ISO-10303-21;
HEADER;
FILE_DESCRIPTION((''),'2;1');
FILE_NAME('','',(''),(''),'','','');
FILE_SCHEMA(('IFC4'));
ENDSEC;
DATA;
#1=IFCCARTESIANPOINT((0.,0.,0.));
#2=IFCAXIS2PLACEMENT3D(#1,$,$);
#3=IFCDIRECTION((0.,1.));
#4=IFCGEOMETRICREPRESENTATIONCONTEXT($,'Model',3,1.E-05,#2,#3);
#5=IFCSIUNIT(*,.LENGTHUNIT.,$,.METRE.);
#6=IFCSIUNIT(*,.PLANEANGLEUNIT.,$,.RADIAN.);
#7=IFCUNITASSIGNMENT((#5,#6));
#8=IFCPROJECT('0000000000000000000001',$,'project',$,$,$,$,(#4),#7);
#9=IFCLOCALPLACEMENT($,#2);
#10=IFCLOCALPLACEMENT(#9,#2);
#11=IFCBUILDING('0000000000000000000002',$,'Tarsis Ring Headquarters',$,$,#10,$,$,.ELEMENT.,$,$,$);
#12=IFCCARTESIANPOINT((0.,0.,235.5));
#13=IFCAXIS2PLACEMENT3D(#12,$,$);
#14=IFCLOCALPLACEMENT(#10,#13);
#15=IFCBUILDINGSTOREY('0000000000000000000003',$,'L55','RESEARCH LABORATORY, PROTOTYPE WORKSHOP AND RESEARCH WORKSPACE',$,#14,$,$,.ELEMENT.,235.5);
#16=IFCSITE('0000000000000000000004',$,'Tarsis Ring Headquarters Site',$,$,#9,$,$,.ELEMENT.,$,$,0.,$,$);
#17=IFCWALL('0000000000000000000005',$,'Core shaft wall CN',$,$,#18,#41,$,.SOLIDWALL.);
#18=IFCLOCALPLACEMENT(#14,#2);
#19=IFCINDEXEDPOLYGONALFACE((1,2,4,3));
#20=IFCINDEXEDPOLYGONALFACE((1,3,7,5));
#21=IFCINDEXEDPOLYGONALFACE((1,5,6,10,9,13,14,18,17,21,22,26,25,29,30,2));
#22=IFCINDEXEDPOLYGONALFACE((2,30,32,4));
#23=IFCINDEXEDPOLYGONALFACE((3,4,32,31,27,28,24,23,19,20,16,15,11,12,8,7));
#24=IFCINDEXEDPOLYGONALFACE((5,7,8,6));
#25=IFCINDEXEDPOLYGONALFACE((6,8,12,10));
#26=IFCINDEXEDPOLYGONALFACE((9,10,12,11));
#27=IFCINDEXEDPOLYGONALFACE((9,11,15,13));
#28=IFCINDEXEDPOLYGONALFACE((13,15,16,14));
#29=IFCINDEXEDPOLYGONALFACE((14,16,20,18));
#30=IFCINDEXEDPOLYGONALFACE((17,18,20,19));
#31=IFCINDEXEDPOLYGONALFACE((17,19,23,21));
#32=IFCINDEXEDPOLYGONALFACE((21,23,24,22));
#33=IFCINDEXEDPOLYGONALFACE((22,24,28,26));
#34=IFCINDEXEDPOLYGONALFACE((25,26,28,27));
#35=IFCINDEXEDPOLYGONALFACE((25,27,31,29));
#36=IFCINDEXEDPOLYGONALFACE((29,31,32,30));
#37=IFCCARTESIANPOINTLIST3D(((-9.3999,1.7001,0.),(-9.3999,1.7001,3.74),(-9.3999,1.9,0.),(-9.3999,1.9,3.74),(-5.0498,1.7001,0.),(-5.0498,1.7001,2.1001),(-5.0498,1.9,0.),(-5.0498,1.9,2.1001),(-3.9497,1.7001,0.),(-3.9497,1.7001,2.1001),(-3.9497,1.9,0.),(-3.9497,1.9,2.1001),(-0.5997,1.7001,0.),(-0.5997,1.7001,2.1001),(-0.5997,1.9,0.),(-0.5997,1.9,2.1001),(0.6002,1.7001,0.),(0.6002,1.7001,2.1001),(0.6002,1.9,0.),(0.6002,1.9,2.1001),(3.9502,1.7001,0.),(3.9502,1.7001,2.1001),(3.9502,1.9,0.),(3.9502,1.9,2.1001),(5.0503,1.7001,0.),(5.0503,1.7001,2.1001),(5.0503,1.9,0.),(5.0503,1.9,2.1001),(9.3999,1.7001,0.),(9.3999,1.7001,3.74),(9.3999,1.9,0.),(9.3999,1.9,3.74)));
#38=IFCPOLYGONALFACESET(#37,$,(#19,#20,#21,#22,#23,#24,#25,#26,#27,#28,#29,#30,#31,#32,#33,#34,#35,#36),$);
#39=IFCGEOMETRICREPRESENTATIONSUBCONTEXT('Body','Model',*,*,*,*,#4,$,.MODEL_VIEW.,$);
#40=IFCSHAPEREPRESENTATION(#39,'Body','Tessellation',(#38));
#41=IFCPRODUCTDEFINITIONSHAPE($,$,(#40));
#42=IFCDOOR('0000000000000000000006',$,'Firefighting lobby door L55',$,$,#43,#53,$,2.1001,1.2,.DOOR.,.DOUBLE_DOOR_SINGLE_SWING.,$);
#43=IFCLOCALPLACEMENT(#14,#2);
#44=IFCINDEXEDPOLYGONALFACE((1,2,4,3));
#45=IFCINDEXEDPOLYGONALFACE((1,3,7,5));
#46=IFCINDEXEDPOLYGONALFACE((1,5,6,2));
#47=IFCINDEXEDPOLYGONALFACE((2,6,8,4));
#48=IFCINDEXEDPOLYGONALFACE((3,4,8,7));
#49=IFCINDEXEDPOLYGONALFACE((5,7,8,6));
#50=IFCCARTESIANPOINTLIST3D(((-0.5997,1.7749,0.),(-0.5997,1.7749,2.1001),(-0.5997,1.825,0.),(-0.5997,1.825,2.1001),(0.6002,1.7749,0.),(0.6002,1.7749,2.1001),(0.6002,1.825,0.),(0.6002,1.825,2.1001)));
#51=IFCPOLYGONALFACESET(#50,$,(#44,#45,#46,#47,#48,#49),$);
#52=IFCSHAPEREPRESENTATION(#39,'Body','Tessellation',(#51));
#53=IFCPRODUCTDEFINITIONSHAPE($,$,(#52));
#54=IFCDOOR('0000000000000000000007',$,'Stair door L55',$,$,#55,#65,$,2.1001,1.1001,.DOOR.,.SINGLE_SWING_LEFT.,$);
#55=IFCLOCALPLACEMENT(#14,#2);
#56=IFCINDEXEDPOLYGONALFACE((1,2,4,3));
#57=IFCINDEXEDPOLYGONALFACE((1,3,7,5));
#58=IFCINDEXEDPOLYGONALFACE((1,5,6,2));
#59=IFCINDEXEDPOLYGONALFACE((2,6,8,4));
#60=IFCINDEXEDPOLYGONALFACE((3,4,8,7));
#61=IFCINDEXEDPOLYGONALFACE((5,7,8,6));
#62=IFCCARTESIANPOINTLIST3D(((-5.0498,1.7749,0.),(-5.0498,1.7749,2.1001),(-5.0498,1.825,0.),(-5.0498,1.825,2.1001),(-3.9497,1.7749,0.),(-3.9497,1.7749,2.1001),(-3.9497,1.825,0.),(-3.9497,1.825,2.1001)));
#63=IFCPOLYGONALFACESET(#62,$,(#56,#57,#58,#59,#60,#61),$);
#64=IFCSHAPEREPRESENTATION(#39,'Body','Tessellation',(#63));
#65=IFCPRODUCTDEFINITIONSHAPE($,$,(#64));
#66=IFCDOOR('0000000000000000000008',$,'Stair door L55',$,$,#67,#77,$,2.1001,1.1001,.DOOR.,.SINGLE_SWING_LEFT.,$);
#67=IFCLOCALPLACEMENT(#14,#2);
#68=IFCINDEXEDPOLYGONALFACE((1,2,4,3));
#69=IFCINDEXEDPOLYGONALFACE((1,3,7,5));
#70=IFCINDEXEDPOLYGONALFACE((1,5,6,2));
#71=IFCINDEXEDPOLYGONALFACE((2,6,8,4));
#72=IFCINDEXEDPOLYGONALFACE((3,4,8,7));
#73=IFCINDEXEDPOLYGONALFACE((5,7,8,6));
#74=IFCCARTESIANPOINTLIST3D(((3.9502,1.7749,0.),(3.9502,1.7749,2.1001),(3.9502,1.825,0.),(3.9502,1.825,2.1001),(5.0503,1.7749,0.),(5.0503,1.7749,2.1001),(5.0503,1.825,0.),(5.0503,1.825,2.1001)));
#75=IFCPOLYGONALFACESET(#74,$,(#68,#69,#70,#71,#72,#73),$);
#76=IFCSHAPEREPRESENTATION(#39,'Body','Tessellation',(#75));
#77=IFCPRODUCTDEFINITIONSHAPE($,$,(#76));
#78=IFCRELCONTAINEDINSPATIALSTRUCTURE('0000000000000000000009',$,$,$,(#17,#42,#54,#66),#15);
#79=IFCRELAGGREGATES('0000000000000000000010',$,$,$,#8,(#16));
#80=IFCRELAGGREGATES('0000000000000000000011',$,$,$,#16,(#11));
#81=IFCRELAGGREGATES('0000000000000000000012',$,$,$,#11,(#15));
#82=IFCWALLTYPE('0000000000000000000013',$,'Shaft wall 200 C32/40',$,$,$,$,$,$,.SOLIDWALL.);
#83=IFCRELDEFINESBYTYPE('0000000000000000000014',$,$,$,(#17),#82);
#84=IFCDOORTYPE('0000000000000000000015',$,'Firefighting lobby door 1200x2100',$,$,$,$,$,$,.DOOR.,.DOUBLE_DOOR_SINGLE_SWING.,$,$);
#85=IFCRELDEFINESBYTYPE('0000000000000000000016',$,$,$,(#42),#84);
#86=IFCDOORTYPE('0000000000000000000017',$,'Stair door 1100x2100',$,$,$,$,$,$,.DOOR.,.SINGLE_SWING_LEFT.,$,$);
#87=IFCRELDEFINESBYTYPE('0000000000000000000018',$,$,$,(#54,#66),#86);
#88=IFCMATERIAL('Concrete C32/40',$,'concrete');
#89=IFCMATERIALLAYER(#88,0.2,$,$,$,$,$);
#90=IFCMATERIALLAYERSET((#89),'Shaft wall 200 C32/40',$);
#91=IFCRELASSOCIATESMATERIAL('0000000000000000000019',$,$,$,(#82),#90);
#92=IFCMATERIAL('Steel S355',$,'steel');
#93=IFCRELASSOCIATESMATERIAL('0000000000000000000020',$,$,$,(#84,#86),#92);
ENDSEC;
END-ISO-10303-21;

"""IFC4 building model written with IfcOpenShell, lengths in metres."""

from ifc_helpers import new_model, si_unit, direction, frame, frame_2d, origin, place, context, subcontext, project, spatial, rectangle, extrude, material, layer, layer_set, type_object, element, fill, save


model = new_model("IFC4")

# Units and contexts
model_context = context("Model", 3, precision=1e-05, world=origin(), true_north=direction((0.0, 1.0)))
body_context = subcontext(model_context, "Body", "Model", "MODEL_VIEW")
ifc_project = project(units=[si_unit("LENGTHUNIT", "METRE"), si_unit("PLANEANGLEUNIT", "RADIAN")], contexts=[model_context])

# Site, building, storey
site_placement = place(None, origin())
site = spatial("IfcSite", under=ifc_project, at=site_placement, Name="Tarsis Ring Headquarters Site", CompositionType="ELEMENT", RefElevation=0.0)
building_placement = place(site_placement, origin())
building = spatial("IfcBuilding", under=site, at=building_placement, Name="Tarsis Ring Headquarters", CompositionType="ELEMENT")
storey_placement = place(building_placement, frame((0.0, 0.0, 235.5)))
storey = spatial("IfcBuildingStorey", under=building, at=storey_placement, Name="L55", Description="RESEARCH LABORATORY, PROTOTYPE WORKSHOP AND RESEARCH WORKSPACE", CompositionType="ELEMENT", Elevation=235.5)

# Shared definitions
ifc_material_1 = material(Name="Steel S355", Category="steel")

# Wall, openings, doors
ifc_material_2 = material(Name="Concrete C32/40", Category="concrete")
ifc_layer_1 = layer(ifc_material_2, 0.2)
ifc_layer_set_1 = layer_set([ifc_layer_1], Name="Shaft wall 200 C32/40")
wall_type_1 = type_object("IfcWallType", Name="Shaft wall 200 C32/40", PredefinedType="SOLIDWALL", material=ifc_layer_set_1)
wall_1_placement = place(storey_placement, frame((-9.3999, 1.8, 0.0), z_axis=(0.0, 0.0, 1.0), x_axis=(1.0, 0.0, 0.0)))
wall_1 = element("IfcWall", 1, at=wall_1_placement, inside=storey, type_object=wall_type_1, Name="Core shaft wall CN", PredefinedType="SOLIDWALL", context=body_context, shape_type="SweptSolid", body=[
    extrude(rectangle(XDim=18.7998, YDim=0.2, at=frame_2d((9.3999, 0.0))), origin(), (0.0, 0.0, 1.0), 3.74),
])
opening_1_placement = place(wall_1_placement, frame((4.3501, 0.0, 0.0)))
opening_1 = element("IfcOpeningElement", 2, at=opening_1_placement, cuts=wall_1, PredefinedType="OPENING", context=body_context, shape_type="SweptSolid", body=[
    extrude(rectangle(XDim=1.1001, YDim=2.1001, at=frame_2d((0.55, 1.05))), frame((0.0, 0.1099, 0.0), z_axis=(0.0, -1.0, 0.0), x_axis=(1.0, 0.0, 0.0)), (0.0, 0.0, 1.0), 0.22),
])
opening_2_placement = place(wall_1_placement, frame((8.8, 0.0, 0.0)))
opening_2 = element("IfcOpeningElement", 3, at=opening_2_placement, cuts=wall_1, PredefinedType="OPENING", context=body_context, shape_type="SweptSolid", body=[
    extrude(rectangle(XDim=1.2, YDim=2.1001, at=frame_2d((0.6001, 1.05))), frame((0.0, 0.1099, 0.0), z_axis=(0.0, -1.0, 0.0), x_axis=(1.0, 0.0, 0.0)), (0.0, 0.0, 1.0), 0.22),
])
opening_3_placement = place(wall_1_placement, frame((13.3501, 0.0, 0.0)))
opening_3 = element("IfcOpeningElement", 4, at=opening_3_placement, cuts=wall_1, PredefinedType="OPENING", context=body_context, shape_type="SweptSolid", body=[
    extrude(rectangle(XDim=1.1001, YDim=2.1001, at=frame_2d((0.55, 1.05))), frame((0.0, 0.1099, 0.0), z_axis=(0.0, -1.0, 0.0), x_axis=(1.0, 0.0, 0.0)), (0.0, 0.0, 1.0), 0.22),
])
door_type_1 = type_object("IfcDoorType", Name="Firefighting lobby door 1200x2100", OperationType="DOUBLE_DOOR_SINGLE_SWING", PredefinedType="DOOR", material=ifc_material_1)
door_1_placement = place(opening_2_placement, origin())
door_1 = element("IfcDoor", 5, at=door_1_placement, inside=storey, type_object=door_type_1, Name="Firefighting lobby door L55", OperationType="DOUBLE_DOOR_SINGLE_SWING", OverallHeight=2.1001, OverallWidth=1.2, PredefinedType="DOOR", context=body_context, shape_type="SweptSolid", body=[
    extrude(rectangle(XDim=1.2, YDim=2.1001, at=frame_2d((0.6001, 1.05))), frame((0.0, 0.0249, 0.0), z_axis=(0.0, -1.0, 0.0), x_axis=(1.0, 0.0, 0.0)), (0.0, 0.0, 1.0), 0.05),
])
fill(opening_2, door_1)
door_type_2 = type_object("IfcDoorType", Name="Stair door 1100x2100", OperationType="SINGLE_SWING_LEFT", PredefinedType="DOOR", material=ifc_material_1)
door_2_placement = place(opening_1_placement, origin())
door_2 = element("IfcDoor", 6, at=door_2_placement, inside=storey, type_object=door_type_2, Name="Stair door L55", OperationType="SINGLE_SWING_LEFT", OverallHeight=2.1001, OverallWidth=1.1001, PredefinedType="DOOR", context=body_context, shape_type="SweptSolid", body=[
    extrude(rectangle(XDim=1.1001, YDim=2.1001, at=frame_2d((0.55, 1.05))), frame((0.0, 0.0249, 0.0), z_axis=(0.0, -1.0, 0.0), x_axis=(1.0, 0.0, 0.0)), (0.0, 0.0, 1.0), 0.05),
])
fill(opening_1, door_2)
door_3_placement = place(opening_3_placement, origin())
door_3 = element("IfcDoor", 7, at=door_3_placement, inside=storey, type_object=door_type_2, Name="Stair door L55", OperationType="SINGLE_SWING_LEFT", OverallHeight=2.1001, OverallWidth=1.1001, PredefinedType="DOOR", context=body_context, shape_type="SweptSolid", body=[
    extrude(rectangle(XDim=1.1001, YDim=2.1001, at=frame_2d((0.55, 1.05))), frame((0.0, 0.0249, 0.0), z_axis=(0.0, -1.0, 0.0), x_axis=(1.0, 0.0, 0.0)), (0.0, 0.0, 1.0), 0.05),
])
fill(opening_3, door_3)

save(model, "model.ifc")
